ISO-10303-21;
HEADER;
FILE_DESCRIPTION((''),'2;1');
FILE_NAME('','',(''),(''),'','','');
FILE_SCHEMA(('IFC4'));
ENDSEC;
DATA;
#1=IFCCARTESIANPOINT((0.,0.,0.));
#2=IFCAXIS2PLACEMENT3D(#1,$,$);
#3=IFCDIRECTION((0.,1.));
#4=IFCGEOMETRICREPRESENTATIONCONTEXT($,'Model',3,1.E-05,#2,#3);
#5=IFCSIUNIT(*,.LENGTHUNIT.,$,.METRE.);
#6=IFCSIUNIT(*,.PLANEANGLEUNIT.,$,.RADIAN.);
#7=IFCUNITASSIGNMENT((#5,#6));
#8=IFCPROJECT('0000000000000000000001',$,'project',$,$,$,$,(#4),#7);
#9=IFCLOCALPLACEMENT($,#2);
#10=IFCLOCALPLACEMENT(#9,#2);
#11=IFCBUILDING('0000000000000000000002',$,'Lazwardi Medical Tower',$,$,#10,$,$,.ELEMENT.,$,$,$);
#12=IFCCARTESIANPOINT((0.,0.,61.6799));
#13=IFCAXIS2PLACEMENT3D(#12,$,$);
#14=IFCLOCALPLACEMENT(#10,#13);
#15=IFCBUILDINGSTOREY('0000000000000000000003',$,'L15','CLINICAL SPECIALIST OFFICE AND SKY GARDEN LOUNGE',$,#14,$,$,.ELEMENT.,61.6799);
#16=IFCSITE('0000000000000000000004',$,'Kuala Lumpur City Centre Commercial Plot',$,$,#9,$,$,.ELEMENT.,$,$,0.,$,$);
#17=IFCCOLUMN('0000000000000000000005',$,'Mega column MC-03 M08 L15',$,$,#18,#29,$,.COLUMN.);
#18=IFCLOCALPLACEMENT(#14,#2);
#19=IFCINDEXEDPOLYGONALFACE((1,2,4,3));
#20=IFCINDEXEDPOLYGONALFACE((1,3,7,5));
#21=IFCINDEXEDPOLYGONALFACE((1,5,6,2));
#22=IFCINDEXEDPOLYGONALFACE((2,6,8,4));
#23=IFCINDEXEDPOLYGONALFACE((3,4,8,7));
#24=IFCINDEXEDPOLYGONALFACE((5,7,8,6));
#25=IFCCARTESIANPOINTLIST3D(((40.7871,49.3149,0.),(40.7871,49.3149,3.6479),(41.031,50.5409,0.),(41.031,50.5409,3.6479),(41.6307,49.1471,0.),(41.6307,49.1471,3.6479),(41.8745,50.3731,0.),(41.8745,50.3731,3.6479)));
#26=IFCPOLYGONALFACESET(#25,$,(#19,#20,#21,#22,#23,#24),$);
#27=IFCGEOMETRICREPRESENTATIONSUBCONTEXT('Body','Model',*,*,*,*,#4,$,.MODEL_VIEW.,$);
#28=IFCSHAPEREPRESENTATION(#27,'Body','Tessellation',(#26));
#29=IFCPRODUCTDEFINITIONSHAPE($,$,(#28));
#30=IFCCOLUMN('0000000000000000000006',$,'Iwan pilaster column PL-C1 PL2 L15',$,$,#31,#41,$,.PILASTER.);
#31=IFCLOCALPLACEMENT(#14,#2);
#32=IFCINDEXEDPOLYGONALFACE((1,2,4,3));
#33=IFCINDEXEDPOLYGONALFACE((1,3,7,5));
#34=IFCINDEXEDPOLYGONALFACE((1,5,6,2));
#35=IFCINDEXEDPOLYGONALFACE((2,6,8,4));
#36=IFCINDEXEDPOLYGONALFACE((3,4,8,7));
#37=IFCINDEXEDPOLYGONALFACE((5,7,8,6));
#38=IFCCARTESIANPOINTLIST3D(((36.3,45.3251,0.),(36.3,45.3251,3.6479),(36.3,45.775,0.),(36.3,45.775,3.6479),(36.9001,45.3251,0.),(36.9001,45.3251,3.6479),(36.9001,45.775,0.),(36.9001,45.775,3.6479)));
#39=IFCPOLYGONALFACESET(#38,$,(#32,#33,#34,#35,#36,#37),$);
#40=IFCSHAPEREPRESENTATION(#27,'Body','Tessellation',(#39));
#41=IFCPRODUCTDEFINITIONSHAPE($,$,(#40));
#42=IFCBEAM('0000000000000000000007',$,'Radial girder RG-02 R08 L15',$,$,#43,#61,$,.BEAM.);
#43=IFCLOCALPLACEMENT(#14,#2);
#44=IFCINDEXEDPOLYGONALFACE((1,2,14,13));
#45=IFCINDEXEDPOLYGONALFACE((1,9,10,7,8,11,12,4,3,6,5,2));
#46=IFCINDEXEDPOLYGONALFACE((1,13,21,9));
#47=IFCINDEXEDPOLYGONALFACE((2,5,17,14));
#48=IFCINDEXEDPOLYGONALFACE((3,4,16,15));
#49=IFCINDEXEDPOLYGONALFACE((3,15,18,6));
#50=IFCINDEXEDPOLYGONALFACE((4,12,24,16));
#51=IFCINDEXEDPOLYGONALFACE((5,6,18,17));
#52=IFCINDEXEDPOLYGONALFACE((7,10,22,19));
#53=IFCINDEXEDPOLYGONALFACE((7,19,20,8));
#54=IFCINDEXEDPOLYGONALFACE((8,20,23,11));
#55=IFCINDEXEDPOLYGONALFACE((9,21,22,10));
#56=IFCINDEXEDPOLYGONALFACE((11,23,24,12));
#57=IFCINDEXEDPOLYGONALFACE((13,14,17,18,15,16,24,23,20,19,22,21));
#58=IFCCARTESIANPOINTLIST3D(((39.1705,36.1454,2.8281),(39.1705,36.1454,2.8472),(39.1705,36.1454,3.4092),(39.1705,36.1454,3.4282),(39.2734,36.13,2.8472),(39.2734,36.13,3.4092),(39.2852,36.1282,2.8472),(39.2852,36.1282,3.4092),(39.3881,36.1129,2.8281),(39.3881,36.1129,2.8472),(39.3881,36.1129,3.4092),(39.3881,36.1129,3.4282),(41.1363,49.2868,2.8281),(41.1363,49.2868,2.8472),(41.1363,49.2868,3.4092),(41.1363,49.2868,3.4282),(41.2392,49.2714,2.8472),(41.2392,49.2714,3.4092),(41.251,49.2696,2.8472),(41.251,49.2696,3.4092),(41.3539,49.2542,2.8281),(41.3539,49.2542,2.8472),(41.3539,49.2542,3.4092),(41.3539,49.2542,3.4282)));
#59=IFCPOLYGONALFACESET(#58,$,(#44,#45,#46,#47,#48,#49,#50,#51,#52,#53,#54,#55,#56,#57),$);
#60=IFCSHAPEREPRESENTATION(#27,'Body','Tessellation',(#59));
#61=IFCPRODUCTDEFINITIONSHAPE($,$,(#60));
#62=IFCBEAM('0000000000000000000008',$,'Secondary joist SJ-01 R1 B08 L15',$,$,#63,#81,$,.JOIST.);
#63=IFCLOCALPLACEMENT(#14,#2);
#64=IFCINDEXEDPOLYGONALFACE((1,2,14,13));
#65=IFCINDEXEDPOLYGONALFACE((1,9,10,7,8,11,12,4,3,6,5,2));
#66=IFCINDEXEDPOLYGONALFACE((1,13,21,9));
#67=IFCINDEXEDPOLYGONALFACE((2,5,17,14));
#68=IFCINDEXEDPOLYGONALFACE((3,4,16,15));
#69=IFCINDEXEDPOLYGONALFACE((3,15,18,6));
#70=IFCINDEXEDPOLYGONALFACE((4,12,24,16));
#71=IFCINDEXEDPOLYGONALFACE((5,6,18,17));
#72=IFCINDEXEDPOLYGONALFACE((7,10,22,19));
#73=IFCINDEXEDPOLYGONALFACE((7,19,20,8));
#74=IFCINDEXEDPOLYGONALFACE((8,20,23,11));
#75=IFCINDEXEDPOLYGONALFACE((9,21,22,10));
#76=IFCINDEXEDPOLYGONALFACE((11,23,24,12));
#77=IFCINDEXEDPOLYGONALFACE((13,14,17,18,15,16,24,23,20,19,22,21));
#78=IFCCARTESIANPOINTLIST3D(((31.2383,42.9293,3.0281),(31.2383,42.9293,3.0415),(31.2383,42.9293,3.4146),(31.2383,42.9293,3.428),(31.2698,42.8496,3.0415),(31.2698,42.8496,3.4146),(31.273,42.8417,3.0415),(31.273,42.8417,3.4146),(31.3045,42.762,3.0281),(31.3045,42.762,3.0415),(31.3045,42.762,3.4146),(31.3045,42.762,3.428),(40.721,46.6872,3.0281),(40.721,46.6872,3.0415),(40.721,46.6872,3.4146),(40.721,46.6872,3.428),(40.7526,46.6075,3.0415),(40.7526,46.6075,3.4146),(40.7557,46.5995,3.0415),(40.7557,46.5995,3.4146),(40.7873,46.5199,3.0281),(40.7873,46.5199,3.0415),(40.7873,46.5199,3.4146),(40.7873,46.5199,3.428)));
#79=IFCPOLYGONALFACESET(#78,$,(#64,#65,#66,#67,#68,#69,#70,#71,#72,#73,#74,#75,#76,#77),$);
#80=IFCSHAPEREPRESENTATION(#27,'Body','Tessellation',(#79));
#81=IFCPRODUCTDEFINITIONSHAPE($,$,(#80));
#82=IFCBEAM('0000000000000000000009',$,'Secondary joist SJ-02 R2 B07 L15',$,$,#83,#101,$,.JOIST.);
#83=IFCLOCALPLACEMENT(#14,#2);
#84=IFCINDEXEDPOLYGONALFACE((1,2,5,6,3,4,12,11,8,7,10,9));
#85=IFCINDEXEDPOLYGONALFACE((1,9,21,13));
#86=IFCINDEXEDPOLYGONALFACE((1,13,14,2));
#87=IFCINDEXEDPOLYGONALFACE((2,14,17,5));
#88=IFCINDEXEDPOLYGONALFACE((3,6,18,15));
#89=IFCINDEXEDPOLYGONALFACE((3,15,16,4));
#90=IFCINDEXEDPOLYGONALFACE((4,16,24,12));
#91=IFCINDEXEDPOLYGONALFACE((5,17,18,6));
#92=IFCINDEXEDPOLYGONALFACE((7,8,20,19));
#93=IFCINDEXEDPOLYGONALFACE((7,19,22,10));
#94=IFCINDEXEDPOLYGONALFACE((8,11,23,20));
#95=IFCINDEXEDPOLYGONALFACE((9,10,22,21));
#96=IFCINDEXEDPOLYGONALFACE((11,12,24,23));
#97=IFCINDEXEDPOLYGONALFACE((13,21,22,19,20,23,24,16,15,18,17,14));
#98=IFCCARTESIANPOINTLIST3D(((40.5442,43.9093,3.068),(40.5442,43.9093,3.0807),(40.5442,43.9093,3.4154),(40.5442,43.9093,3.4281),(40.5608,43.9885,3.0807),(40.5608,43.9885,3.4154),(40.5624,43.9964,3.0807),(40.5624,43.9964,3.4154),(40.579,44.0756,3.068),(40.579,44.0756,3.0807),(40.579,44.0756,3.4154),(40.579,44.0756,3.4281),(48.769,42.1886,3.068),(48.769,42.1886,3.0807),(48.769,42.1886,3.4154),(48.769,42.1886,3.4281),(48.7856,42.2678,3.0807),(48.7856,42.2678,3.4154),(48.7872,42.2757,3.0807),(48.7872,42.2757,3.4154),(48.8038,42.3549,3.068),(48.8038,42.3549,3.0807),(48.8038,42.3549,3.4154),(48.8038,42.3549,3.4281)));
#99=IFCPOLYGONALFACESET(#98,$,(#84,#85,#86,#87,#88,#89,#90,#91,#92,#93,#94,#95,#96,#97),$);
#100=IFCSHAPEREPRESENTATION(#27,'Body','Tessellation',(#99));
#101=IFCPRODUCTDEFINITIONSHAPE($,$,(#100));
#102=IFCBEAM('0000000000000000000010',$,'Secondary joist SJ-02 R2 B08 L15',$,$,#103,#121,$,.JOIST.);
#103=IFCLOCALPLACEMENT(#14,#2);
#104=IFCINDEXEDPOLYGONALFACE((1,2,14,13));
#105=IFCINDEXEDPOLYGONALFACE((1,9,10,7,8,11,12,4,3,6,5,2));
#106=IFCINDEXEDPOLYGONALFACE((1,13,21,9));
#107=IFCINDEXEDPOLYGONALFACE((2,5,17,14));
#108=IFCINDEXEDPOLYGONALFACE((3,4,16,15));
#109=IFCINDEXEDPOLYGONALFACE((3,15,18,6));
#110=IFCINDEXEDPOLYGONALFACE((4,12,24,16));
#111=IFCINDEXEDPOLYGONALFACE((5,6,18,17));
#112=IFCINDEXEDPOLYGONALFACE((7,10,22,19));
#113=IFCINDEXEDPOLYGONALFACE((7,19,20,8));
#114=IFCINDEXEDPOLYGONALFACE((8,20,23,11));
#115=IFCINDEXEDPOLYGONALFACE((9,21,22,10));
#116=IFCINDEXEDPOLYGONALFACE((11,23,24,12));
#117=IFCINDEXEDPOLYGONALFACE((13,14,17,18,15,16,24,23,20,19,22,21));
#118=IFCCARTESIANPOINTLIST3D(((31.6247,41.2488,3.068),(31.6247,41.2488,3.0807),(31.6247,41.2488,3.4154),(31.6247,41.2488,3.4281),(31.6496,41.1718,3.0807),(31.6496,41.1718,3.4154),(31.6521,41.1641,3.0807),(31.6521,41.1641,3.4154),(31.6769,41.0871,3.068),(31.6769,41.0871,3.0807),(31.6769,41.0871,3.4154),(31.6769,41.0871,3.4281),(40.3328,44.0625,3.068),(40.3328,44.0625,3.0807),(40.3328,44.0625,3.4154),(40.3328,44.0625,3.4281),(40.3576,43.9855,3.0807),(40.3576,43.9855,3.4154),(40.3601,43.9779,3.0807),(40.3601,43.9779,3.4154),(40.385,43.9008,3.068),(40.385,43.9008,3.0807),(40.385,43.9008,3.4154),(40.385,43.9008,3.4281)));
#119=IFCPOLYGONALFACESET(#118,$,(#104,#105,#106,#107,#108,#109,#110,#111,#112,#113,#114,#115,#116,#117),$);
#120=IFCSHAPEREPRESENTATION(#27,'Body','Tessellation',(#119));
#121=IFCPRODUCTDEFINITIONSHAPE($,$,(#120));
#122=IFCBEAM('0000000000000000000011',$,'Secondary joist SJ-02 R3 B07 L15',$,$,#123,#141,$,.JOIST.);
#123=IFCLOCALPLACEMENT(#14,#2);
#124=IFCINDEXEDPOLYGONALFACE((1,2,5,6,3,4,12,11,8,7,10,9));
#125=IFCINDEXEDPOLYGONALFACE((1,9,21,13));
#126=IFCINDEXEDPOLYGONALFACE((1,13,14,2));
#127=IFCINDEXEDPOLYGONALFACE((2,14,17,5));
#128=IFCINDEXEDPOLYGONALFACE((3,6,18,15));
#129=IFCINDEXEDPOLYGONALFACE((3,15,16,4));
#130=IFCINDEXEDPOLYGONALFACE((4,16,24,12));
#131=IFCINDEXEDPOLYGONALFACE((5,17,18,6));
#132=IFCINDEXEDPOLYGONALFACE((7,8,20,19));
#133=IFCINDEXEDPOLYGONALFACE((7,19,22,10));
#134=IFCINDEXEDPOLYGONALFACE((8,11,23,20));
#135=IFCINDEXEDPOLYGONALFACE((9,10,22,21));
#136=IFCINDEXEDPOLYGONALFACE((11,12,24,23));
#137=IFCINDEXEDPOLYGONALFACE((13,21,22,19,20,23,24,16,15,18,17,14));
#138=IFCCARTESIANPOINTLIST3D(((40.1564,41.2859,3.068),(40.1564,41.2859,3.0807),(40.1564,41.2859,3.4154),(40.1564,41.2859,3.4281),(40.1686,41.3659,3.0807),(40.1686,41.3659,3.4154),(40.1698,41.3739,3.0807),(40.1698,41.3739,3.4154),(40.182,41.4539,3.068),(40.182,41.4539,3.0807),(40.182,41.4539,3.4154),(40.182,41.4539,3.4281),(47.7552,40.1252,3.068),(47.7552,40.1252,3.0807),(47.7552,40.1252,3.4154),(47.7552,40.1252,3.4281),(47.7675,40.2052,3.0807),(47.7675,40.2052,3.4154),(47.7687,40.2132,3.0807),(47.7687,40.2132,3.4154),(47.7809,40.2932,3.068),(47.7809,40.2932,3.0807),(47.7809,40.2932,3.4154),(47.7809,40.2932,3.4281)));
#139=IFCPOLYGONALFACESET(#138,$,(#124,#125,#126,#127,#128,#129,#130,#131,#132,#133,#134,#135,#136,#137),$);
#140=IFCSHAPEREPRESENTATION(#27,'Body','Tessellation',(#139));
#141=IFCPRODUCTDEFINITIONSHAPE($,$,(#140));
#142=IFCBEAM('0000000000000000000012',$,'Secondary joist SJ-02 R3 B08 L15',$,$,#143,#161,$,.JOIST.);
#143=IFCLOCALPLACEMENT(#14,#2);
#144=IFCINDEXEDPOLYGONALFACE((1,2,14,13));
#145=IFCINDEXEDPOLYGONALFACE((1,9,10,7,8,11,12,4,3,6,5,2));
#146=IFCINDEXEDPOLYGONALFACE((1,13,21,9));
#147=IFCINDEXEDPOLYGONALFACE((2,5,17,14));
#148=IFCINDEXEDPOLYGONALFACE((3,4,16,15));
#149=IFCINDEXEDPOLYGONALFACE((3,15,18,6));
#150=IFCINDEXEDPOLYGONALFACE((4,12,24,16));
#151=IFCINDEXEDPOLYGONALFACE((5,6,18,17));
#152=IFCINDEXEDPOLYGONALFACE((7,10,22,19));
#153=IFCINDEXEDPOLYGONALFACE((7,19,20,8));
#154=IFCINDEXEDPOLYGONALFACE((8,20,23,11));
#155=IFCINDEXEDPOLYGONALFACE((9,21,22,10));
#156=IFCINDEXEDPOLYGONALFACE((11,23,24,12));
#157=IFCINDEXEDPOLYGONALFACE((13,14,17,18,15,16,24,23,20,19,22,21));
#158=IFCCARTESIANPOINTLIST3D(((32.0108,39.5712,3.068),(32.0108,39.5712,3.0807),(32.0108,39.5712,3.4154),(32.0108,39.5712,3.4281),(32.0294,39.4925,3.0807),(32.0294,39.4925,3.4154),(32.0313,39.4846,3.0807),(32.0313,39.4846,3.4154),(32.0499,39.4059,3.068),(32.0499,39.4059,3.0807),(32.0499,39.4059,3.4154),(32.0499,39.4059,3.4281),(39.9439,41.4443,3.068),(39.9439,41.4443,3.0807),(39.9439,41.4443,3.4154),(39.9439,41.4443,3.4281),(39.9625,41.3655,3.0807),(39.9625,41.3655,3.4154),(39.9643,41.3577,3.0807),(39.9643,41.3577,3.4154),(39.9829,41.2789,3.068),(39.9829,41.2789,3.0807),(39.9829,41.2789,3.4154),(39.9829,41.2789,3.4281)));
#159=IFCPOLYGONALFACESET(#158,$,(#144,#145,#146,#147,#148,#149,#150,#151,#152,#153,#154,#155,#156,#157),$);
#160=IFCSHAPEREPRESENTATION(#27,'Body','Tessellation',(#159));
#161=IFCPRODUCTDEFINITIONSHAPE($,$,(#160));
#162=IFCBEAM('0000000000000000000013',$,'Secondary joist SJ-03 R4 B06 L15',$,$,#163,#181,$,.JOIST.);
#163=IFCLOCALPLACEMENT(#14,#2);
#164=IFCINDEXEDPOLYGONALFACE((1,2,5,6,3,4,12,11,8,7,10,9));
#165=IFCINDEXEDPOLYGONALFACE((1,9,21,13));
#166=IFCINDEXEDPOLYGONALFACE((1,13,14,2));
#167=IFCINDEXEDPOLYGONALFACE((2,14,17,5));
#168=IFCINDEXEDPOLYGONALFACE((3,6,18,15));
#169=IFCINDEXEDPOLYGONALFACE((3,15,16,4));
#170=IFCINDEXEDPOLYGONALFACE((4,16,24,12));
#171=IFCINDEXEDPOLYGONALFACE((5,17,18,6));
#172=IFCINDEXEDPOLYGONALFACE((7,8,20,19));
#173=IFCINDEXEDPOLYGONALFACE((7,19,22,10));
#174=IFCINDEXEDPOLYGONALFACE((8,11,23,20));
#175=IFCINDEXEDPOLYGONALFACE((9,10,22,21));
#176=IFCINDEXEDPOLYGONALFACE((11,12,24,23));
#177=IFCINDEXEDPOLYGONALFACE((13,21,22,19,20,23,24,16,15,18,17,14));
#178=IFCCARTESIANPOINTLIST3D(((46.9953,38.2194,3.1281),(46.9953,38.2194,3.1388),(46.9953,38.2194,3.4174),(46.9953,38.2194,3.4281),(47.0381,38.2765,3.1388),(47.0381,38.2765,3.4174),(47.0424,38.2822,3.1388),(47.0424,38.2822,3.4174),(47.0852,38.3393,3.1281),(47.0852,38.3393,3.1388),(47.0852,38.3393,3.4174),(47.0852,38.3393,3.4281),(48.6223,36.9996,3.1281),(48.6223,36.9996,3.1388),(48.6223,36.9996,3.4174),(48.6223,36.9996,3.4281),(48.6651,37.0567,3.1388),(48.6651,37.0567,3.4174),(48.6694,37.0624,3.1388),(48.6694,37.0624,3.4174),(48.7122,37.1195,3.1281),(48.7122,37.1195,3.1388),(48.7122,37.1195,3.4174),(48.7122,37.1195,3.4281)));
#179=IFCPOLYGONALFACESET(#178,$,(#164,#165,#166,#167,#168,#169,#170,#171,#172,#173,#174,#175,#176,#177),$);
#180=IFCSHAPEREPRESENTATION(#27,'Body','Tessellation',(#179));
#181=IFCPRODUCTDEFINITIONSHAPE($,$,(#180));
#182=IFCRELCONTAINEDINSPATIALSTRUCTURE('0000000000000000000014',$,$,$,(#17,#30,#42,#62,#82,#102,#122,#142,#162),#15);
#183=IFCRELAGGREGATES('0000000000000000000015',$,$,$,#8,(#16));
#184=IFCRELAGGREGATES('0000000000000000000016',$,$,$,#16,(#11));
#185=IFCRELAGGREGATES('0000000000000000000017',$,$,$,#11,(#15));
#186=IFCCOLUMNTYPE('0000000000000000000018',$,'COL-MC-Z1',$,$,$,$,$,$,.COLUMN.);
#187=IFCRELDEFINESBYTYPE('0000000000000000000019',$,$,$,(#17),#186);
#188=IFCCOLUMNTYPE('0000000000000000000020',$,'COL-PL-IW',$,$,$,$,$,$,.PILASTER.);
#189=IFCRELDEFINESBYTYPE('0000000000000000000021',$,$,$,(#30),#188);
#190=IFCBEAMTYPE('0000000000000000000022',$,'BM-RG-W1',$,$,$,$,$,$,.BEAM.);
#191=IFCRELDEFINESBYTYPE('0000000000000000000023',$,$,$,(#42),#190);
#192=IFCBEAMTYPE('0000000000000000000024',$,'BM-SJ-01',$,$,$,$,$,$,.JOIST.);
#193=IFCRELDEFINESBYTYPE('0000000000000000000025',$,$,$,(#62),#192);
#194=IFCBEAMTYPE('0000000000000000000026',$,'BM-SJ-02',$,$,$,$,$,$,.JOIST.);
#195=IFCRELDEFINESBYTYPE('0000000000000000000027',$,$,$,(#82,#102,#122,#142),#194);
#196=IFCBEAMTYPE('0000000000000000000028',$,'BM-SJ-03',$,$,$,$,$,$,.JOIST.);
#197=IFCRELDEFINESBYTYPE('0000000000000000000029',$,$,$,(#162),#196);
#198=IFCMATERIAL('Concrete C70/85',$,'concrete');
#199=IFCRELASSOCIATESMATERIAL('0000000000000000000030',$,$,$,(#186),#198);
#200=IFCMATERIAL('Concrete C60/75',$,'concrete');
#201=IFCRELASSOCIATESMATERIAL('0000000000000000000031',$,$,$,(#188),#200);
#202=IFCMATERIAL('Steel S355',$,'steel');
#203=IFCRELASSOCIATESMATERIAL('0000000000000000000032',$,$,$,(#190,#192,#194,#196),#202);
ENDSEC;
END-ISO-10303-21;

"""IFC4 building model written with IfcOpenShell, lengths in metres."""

from ifc_helpers import new_model, si_unit, direction, frame, origin, origin_2d, place, context, subcontext, project, spatial, rectangle, i_section, extrude, material, material_profile, profile_set, type_object, element, save


model = new_model("IFC4")

# Units and contexts
model_context = context("Model", 3, precision=1e-05, world=origin(), true_north=direction((0.0, 1.0)))
body_context = subcontext(model_context, "Body", "Model", "MODEL_VIEW")
ifc_project = project(units=[si_unit("LENGTHUNIT", "METRE"), si_unit("PLANEANGLEUNIT", "RADIAN")], contexts=[model_context])

# Site, building, storey
site_placement = place(None, origin())
site = spatial("IfcSite", under=ifc_project, at=site_placement, Name="Kuala Lumpur City Centre Commercial Plot", CompositionType="ELEMENT", RefElevation=0.0)
building_placement = place(site_placement, origin())
building = spatial("IfcBuilding", under=site, at=building_placement, Name="Lazwardi Medical Tower", CompositionType="ELEMENT")
storey_placement = place(building_placement, frame((0.0, 0.0, 61.6799)))
storey = spatial("IfcBuildingStorey", under=building, at=storey_placement, Name="L15", Description="CLINICAL SPECIALIST OFFICE AND SKY GARDEN LOUNGE", CompositionType="ELEMENT", Elevation=61.6799)

# Columns
ifc_material_1 = material(Name="Concrete C70/85", Category="concrete")
ifc_material_profile_1 = material_profile(ifc_material_1, rectangle(XDim=1.25, YDim=0.8601, at=origin_2d()), Name="CFT-RECT 1250x860")
ifc_profile_set_1 = profile_set([ifc_material_profile_1], Name="Concrete C70/85")
column_type_1 = type_object("IfcColumnType", Name="COL-MC-Z1", PredefinedType="COLUMN", material=ifc_profile_set_1)
column_1_placement = place(storey_placement, frame((41.3308, 49.844, 0.0), z_axis=(0.0, 0.0, 1.0), x_axis=(0.19509, 0.980785, 0.0)))
element("IfcColumn", 1, at=column_1_placement, inside=storey, type_object=column_type_1, Name="Mega column MC-03 M08 L15", PredefinedType="COLUMN", context=body_context, shape_type="SweptSolid", body=[
    extrude(rectangle(XDim=1.25, YDim=0.8601, at=origin_2d()), origin(), (0.0, 0.0, 1.0), 3.6479),
])
ifc_material_2 = material(Name="Concrete C60/75", Category="concrete")
ifc_material_profile_2 = material_profile(ifc_material_2, rectangle(XDim=0.6001, YDim=0.45, at=origin_2d()), Name="RC 600x450")
ifc_profile_set_2 = profile_set([ifc_material_profile_2], Name="Concrete C60/75")
column_type_2 = type_object("IfcColumnType", Name="COL-PL-IW", PredefinedType="PILASTER", material=ifc_profile_set_2)
column_2_placement = place(storey_placement, frame((36.6001, 45.55, 0.0), z_axis=(0.0, 0.0, 1.0), x_axis=(1.0, 0.0, 0.0)))
element("IfcColumn", 2, at=column_2_placement, inside=storey, type_object=column_type_2, Name="Iwan pilaster column PL-C1 PL2 L15", PredefinedType="PILASTER", context=body_context, shape_type="SweptSolid", body=[
    extrude(rectangle(XDim=0.6001, YDim=0.45, at=origin_2d()), origin(), (0.0, 0.0, 1.0), 3.6479),
])

# Beams
ifc_material_3 = material(Name="Steel S355", Category="steel")
ifc_material_profile_3 = material_profile(ifc_material_3, i_section(OverallWidth=0.22, OverallDepth=0.6001, WebThickness=0.012, FlangeThickness=0.019, at=origin_2d()), Name="IPE 600")
ifc_profile_set_3 = profile_set([ifc_material_profile_3], Name="Steel S355")
beam_type_1 = type_object("IfcBeamType", Name="BM-RG-W1", PredefinedType="BEAM", material=ifc_profile_set_3)
beam_1_placement = place(storey_placement, frame((41.2451, 49.2705, 3.1282), z_axis=(-0.147944, -0.988996, 0.0), x_axis=(0.988996, -0.147944, 0.0)))
element("IfcBeam", 3, at=beam_1_placement, inside=storey, type_object=beam_type_1, Name="Radial girder RG-02 R08 L15", PredefinedType="BEAM", context=body_context, shape_type="SweptSolid", body=[
    extrude(i_section(OverallWidth=0.22, OverallDepth=0.6001, WebThickness=0.012, FlangeThickness=0.019, at=origin_2d()), origin(), (0.0, 0.0, 1.0), 13.2876),
])
ifc_material_profile_4 = material_profile(ifc_material_3, i_section(OverallWidth=0.1799, OverallDepth=0.3999, WebThickness=0.0085, FlangeThickness=0.0134, at=origin_2d()), Name="IPE 400")
ifc_profile_set_4 = profile_set([ifc_material_profile_4], Name="Steel S355")
beam_type_2 = type_object("IfcBeamType", Name="BM-SJ-01", PredefinedType="JOIST", material=ifc_profile_set_4)
beam_2_placement = place(storey_placement, frame((40.7542, 46.6035, 3.228), z_axis=(-0.929664, -0.368409, 0.0), x_axis=(0.368409, -0.929664, 0.0)))
element("IfcBeam", 4, at=beam_2_placement, inside=storey, type_object=beam_type_2, Name="Secondary joist SJ-01 R1 B08 L15", PredefinedType="JOIST", context=body_context, shape_type="SweptSolid", body=[
    extrude(i_section(OverallWidth=0.1799, OverallDepth=0.3999, WebThickness=0.0085, FlangeThickness=0.0134, at=origin_2d()), origin(), (0.0, 0.0, 1.0), 10.2002),
])
ifc_material_profile_5 = material_profile(ifc_material_3, i_section(OverallWidth=0.1699, OverallDepth=0.3601, WebThickness=0.0081, FlangeThickness=0.0127, at=origin_2d()), Name="IPE 360")
ifc_profile_set_5 = profile_set([ifc_material_profile_5], Name="Steel S355")
beam_type_3 = type_object("IfcBeamType", Name="BM-SJ-02", PredefinedType="JOIST", material=ifc_profile_set_5)
beam_3_placement = place(storey_placement, frame((48.7864, 42.2717, 3.248), z_axis=(-0.978809, 0.204774, 0.0), x_axis=(-0.204774, -0.978809, 0.0)))
element("IfcBeam", 5, at=beam_3_placement, inside=storey, type_object=beam_type_3, Name="Secondary joist SJ-02 R2 B07 L15", PredefinedType="JOIST", context=body_context, shape_type="SweptSolid", body=[
    extrude(i_section(OverallWidth=0.1699, OverallDepth=0.3601, WebThickness=0.0081, FlangeThickness=0.0127, at=origin_2d()), origin(), (0.0, 0.0, 1.0), 8.4028),
])
beam_4_placement = place(storey_placement, frame((40.3589, 43.9817, 3.248), z_axis=(-0.951559, -0.307467, 0.0), x_axis=(0.307467, -0.951559, 0.0)))
element("IfcBeam", 6, at=beam_4_placement, inside=storey, type_object=beam_type_3, Name="Secondary joist SJ-02 R2 B08 L15", PredefinedType="JOIST", context=body_context, shape_type="SweptSolid", body=[
    extrude(i_section(OverallWidth=0.1699, OverallDepth=0.3601, WebThickness=0.0081, FlangeThickness=0.0127, at=origin_2d()), origin(), (0.0, 0.0, 1.0), 9.1514),
])
beam_5_placement = place(storey_placement, frame((47.7681, 40.2092, 3.248), z_axis=(-0.988536, 0.150988, 0.0), x_axis=(-0.150988, -0.988536, 0.0)))
element("IfcBeam", 7, at=beam_5_placement, inside=storey, type_object=beam_type_3, Name="Secondary joist SJ-02 R3 B07 L15", PredefinedType="JOIST", context=body_context, shape_type="SweptSolid", body=[
    extrude(i_section(OverallWidth=0.1699, OverallDepth=0.3601, WebThickness=0.0081, FlangeThickness=0.0127, at=origin_2d()), origin(), (0.0, 0.0, 1.0), 7.687),
])
beam_6_placement = place(storey_placement, frame((39.9634, 41.3616, 3.248), z_axis=(-0.973241, -0.229787, 0.0), x_axis=(0.229787, -0.973241, 0.0)))
element("IfcBeam", 8, at=beam_6_placement, inside=storey, type_object=beam_type_3, Name="Secondary joist SJ-02 R3 B08 L15", PredefinedType="JOIST", context=body_context, shape_type="SweptSolid", body=[
    extrude(i_section(OverallWidth=0.1699, OverallDepth=0.3601, WebThickness=0.0081, FlangeThickness=0.0127, at=origin_2d()), origin(), (0.0, 0.0, 1.0), 8.1511),
])
ifc_material_profile_6 = material_profile(ifc_material_3, i_section(OverallWidth=0.1499, OverallDepth=0.3, WebThickness=0.0071, FlangeThickness=0.0107, at=origin_2d()), Name="IPE 300")
ifc_profile_set_6 = profile_set([ifc_material_profile_6], Name="Steel S355")
beam_type_4 = type_object("IfcBeamType", Name="BM-SJ-03", PredefinedType="JOIST", material=ifc_profile_set_6)
beam_7_placement = place(storey_placement, frame((48.6672, 37.0596, 3.2781), z_axis=(-0.800115, 0.599846, 0.0), x_axis=(-0.599846, -0.800115, 0.0)))
element("IfcBeam", 9, at=beam_7_placement, inside=storey, type_object=beam_type_4, Name="Secondary joist SJ-03 R4 B06 L15", PredefinedType="JOIST", context=body_context, shape_type="SweptSolid", body=[
    extrude(i_section(OverallWidth=0.1499, OverallDepth=0.3, WebThickness=0.0071, FlangeThickness=0.0107, at=origin_2d()), origin(), (0.0, 0.0, 1.0), 2.0334),
])

save(model, "model.ifc")
